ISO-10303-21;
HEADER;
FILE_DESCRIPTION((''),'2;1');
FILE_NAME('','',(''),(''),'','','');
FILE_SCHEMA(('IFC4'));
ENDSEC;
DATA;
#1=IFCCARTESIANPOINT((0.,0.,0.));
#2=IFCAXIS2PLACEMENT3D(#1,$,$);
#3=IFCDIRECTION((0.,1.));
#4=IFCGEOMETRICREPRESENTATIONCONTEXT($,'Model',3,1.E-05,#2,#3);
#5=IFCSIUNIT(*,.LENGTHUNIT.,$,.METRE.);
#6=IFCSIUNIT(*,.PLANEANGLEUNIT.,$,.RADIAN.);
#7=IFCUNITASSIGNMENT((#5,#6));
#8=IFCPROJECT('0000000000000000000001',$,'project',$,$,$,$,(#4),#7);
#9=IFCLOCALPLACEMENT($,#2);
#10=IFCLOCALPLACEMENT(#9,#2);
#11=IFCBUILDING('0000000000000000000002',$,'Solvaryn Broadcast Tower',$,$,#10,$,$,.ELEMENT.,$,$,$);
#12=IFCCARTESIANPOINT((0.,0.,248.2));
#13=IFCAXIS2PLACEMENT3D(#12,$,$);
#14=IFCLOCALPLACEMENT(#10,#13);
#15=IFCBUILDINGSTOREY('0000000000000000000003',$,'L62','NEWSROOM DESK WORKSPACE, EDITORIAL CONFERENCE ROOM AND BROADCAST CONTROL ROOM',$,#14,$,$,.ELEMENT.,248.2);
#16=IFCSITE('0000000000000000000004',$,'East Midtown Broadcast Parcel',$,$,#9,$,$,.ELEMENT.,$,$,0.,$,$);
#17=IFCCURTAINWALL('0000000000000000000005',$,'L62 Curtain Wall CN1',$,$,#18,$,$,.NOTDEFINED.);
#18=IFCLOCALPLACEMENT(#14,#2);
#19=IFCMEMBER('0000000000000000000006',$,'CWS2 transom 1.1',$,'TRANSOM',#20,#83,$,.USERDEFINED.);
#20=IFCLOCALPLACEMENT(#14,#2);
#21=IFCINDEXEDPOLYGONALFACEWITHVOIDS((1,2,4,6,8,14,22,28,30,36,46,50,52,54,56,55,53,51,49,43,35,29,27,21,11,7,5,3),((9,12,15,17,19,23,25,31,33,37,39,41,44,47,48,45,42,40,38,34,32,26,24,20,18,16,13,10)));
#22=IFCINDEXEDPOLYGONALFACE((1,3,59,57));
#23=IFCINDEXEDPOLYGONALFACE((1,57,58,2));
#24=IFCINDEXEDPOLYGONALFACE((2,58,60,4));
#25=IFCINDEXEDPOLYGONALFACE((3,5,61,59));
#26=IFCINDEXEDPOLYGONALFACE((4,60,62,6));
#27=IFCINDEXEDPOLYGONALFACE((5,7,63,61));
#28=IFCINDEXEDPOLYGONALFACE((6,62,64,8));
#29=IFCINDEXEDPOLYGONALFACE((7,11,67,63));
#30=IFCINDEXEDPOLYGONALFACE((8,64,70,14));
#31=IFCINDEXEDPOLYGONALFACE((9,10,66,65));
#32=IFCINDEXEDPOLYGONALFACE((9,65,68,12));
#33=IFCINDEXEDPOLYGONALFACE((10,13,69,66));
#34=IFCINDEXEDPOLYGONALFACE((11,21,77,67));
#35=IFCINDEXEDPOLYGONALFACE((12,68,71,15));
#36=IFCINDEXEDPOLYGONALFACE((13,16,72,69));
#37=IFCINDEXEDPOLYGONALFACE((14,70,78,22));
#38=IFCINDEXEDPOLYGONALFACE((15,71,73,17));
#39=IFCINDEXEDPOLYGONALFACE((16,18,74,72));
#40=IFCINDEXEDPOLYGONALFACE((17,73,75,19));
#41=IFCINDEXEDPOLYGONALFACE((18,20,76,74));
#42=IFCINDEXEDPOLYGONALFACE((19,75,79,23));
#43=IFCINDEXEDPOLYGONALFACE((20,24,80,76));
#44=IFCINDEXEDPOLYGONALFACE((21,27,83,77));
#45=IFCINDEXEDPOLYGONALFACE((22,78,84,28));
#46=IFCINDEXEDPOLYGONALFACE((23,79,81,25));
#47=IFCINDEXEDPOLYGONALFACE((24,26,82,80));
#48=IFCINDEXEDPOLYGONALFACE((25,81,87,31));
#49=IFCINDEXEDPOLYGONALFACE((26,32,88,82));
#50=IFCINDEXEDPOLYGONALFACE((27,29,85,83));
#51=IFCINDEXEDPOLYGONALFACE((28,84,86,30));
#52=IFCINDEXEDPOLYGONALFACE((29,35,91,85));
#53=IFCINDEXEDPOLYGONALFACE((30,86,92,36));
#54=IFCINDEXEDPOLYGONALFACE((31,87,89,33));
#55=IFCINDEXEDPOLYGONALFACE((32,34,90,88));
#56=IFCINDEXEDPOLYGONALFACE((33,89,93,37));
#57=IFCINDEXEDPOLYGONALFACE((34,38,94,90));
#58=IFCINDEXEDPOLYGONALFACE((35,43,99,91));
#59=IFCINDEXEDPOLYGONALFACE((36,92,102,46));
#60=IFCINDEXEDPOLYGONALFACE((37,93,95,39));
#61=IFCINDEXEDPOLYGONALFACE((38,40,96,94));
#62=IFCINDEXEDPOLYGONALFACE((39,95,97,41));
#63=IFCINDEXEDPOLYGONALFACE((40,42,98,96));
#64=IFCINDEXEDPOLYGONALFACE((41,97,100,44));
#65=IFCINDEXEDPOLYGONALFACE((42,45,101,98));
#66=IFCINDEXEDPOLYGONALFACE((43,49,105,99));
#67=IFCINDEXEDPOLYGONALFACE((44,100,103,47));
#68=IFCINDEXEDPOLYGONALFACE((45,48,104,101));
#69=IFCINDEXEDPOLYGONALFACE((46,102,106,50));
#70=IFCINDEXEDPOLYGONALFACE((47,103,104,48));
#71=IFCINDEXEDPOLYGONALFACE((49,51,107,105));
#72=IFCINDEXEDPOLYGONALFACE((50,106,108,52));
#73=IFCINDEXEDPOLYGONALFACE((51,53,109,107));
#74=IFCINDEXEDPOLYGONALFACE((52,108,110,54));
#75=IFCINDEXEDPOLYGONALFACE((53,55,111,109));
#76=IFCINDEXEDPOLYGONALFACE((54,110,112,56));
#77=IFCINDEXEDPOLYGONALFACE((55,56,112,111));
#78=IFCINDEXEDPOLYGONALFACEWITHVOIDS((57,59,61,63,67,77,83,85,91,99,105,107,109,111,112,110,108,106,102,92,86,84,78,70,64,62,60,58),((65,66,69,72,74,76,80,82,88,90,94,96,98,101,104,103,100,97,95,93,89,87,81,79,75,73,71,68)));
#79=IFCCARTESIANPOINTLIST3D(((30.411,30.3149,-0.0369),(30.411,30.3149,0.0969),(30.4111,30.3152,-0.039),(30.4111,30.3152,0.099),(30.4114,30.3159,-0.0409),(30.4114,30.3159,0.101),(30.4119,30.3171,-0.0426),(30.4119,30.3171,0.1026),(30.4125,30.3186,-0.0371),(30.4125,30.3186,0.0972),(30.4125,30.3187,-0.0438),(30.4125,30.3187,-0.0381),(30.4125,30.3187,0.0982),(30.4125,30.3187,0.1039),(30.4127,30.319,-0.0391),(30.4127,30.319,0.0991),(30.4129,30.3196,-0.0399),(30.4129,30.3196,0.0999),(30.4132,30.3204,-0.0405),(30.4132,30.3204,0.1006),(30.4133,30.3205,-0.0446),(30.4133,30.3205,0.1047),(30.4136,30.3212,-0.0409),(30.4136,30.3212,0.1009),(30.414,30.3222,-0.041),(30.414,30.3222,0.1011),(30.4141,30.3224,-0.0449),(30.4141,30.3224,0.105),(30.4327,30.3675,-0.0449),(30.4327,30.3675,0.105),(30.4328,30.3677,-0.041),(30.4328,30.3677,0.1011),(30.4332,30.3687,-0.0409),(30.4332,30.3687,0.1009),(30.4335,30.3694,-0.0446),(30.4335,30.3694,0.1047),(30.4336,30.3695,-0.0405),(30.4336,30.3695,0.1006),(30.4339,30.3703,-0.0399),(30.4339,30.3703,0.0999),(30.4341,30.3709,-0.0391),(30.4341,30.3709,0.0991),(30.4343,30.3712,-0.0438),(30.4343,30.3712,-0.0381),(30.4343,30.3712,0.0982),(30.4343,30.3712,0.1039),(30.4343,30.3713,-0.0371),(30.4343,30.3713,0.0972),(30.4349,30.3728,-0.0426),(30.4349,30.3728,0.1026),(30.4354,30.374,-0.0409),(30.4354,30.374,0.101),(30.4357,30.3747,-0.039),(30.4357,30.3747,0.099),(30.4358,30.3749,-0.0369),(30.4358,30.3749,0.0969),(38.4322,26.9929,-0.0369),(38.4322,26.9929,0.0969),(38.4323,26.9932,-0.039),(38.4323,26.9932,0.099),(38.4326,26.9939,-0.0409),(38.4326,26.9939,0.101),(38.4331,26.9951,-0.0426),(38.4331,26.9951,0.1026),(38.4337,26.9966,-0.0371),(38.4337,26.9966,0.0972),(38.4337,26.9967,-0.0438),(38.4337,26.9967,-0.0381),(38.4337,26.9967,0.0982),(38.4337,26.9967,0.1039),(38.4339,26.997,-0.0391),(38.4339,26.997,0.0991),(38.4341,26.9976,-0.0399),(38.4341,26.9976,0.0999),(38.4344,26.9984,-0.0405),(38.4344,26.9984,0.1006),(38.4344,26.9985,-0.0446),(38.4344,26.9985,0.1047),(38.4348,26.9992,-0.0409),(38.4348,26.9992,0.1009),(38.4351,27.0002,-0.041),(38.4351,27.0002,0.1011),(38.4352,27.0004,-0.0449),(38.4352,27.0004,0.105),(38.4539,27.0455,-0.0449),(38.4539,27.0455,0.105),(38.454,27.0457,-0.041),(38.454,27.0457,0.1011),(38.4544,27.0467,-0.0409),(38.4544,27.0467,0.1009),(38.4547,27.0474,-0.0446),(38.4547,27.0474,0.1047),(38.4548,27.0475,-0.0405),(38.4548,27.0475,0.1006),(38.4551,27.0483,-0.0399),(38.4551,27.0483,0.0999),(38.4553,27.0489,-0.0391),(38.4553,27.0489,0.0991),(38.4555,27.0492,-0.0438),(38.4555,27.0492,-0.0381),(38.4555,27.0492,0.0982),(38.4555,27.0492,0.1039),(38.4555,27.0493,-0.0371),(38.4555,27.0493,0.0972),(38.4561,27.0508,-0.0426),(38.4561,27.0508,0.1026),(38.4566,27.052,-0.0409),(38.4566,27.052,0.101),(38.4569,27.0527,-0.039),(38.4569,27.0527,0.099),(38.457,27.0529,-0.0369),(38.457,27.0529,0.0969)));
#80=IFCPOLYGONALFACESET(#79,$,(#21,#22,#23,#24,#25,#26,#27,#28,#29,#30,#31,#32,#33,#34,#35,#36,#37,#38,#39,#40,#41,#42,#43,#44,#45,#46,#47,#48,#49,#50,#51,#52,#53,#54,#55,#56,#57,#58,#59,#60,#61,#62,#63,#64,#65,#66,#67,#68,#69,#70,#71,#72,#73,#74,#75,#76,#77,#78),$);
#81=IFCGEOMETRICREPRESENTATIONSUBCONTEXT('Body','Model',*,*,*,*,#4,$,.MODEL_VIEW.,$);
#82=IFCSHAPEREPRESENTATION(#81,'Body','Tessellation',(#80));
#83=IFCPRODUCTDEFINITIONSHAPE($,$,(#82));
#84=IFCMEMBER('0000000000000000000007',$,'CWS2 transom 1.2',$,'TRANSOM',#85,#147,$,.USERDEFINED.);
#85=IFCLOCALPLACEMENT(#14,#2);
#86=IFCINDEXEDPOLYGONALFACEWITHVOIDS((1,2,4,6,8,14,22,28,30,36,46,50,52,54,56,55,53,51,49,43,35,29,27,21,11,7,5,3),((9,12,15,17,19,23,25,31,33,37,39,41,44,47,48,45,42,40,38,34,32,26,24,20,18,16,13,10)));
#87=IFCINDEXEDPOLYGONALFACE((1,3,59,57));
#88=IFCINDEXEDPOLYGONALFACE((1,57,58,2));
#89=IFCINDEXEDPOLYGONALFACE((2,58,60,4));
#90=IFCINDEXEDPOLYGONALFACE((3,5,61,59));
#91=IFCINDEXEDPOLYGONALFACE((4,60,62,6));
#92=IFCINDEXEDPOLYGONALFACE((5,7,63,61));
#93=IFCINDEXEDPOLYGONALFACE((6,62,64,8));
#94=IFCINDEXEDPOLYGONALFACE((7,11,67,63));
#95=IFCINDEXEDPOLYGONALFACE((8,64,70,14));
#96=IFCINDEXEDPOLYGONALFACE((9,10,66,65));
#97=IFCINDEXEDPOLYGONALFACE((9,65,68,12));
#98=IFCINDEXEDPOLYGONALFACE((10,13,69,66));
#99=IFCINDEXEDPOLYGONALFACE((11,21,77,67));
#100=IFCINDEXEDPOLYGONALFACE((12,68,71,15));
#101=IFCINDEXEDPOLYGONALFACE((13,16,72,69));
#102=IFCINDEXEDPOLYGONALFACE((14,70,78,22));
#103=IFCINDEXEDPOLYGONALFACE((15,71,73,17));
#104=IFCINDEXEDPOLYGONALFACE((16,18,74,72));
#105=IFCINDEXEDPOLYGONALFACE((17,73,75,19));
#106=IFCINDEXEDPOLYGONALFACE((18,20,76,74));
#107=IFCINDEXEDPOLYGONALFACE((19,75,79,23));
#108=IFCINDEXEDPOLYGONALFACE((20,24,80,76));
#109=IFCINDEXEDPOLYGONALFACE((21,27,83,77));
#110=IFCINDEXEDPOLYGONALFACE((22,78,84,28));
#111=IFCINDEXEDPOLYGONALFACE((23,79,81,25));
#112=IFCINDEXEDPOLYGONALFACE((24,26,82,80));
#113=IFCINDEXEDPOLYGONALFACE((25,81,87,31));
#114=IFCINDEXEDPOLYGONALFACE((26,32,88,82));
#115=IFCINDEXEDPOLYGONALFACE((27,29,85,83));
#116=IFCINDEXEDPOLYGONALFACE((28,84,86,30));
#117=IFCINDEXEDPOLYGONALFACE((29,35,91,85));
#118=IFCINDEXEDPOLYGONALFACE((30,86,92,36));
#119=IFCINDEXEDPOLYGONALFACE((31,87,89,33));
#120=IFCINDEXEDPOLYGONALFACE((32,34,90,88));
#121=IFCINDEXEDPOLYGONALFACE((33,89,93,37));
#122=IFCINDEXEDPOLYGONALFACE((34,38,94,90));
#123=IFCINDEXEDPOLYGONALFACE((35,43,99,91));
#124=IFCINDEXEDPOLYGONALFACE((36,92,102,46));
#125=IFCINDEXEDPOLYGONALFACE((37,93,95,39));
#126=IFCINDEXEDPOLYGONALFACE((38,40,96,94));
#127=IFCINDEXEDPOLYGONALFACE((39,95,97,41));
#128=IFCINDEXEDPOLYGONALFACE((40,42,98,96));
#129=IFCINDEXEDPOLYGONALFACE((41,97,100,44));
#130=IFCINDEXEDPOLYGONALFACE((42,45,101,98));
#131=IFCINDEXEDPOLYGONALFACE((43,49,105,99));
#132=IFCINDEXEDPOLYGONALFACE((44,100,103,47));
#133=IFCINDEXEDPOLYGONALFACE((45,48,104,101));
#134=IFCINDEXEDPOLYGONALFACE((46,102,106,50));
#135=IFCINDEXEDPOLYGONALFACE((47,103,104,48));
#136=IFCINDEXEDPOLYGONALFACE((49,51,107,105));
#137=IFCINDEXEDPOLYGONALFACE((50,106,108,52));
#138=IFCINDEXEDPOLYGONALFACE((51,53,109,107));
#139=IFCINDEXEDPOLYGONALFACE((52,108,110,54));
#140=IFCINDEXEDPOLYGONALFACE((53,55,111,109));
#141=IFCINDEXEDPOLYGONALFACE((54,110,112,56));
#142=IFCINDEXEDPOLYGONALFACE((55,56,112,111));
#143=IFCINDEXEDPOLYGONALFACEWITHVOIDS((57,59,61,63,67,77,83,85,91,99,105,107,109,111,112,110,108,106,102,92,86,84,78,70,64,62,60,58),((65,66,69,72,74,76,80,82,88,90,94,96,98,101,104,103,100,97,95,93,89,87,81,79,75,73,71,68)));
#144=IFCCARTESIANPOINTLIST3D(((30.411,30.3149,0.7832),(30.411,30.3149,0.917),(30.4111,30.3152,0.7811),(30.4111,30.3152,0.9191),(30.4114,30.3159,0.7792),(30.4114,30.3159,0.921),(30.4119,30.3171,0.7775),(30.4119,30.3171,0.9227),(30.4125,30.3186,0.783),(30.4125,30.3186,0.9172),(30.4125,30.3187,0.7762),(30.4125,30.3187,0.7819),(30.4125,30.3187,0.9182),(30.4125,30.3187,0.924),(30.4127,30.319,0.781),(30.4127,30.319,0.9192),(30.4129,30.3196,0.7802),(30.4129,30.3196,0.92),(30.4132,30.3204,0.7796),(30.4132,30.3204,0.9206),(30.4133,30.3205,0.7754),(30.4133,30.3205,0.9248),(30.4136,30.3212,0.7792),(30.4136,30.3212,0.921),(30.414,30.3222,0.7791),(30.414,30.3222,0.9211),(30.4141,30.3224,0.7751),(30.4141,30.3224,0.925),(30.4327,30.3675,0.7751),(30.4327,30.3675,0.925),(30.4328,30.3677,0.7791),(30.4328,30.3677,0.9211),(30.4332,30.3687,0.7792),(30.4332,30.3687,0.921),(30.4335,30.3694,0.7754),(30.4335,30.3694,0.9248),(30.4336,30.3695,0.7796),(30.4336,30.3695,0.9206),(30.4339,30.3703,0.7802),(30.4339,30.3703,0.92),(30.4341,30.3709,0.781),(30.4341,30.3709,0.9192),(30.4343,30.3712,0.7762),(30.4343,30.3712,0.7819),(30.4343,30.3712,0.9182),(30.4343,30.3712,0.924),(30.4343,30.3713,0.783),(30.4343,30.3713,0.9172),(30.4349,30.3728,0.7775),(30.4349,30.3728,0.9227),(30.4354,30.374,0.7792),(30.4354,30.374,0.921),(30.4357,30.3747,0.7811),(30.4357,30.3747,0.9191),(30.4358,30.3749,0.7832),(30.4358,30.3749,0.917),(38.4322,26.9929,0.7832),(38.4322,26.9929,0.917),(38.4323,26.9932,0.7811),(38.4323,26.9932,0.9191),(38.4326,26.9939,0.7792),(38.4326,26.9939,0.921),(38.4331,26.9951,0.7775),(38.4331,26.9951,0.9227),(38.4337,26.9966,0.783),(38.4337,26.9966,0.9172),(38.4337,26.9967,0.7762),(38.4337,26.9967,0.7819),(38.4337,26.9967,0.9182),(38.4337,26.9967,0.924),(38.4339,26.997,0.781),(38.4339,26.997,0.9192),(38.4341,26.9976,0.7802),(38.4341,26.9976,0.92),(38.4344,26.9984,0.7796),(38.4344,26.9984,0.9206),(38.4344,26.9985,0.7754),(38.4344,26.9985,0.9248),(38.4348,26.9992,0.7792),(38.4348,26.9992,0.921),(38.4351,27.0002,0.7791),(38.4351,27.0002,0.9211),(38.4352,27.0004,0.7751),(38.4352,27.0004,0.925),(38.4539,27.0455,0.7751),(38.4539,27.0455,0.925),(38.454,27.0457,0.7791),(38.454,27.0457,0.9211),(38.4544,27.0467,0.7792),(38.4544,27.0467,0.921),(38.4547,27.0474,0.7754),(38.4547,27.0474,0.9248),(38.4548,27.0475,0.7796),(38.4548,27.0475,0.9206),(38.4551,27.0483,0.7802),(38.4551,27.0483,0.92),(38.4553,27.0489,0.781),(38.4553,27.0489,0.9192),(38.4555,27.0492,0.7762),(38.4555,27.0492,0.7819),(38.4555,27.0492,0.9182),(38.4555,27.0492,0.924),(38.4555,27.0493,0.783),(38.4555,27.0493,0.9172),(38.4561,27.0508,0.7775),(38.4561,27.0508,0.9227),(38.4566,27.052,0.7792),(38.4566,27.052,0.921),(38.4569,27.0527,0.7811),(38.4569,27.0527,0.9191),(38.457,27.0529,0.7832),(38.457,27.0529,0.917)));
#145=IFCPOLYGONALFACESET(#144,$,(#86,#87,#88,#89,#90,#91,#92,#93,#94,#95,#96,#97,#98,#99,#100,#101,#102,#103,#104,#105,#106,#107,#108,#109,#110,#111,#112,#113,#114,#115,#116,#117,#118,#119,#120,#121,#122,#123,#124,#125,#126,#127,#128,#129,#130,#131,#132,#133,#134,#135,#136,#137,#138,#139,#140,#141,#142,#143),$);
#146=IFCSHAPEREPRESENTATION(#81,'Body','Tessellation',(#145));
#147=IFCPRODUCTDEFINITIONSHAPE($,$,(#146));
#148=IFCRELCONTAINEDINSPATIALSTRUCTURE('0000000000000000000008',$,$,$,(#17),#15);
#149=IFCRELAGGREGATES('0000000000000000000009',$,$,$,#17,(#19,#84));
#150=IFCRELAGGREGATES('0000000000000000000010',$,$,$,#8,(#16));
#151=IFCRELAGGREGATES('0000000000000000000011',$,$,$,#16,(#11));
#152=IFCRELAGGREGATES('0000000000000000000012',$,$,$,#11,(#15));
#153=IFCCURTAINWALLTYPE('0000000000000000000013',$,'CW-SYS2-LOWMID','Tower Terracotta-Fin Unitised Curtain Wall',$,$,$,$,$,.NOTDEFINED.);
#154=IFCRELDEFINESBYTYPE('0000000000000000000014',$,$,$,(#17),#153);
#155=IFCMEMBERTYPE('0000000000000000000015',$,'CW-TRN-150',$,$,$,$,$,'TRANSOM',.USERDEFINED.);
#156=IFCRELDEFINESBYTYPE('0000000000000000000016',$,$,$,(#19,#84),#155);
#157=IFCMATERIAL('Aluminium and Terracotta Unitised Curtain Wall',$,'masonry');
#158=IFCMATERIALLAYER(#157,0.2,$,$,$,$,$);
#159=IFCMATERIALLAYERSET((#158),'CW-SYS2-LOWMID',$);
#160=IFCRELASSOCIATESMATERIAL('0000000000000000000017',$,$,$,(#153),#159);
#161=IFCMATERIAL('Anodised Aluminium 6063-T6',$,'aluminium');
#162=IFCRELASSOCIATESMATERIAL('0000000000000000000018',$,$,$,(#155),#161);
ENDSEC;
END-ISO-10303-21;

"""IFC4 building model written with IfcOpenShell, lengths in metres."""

from ifc_helpers import new_model, si_unit, direction, frame, origin, origin_2d, place, context, subcontext, project, spatial, hollow_rectangle, extrude, material, layer, layer_set, material_profile, profile_set, type_object, element, aggregate, save


model = new_model("IFC4")

# Units and contexts
model_context = context("Model", 3, precision=1e-05, world=origin(), true_north=direction((0.0, 1.0)))
body_context = subcontext(model_context, "Body", "Model", "MODEL_VIEW")
ifc_project = project(units=[si_unit("LENGTHUNIT", "METRE"), si_unit("PLANEANGLEUNIT", "RADIAN")], contexts=[model_context])

# Site, building, storey
site_placement = place(None, origin())
site = spatial("IfcSite", under=ifc_project, at=site_placement, Name="East Midtown Broadcast Parcel", CompositionType="ELEMENT", RefElevation=0.0)
building_placement = place(site_placement, origin())
building = spatial("IfcBuilding", under=site, at=building_placement, Name="Solvaryn Broadcast Tower", CompositionType="ELEMENT")
storey_placement = place(building_placement, frame((0.0, 0.0, 248.2)))
storey = spatial("IfcBuildingStorey", under=building, at=storey_placement, Name="L62", Description="NEWSROOM DESK WORKSPACE, EDITORIAL CONFERENCE ROOM AND BROADCAST CONTROL ROOM", CompositionType="ELEMENT", Elevation=248.2)

# Curtain wall
ifc_material_1 = material(Name="Aluminium and Terracotta Unitised Curtain Wall", Category="masonry")
ifc_layer_1 = layer(ifc_material_1, 0.2)
ifc_layer_set_1 = layer_set([ifc_layer_1], Name="CW-SYS2-LOWMID")
curtain_wall_type = type_object("IfcCurtainWallType", Name="CW-SYS2-LOWMID", Description="Tower Terracotta-Fin Unitised Curtain Wall", PredefinedType="NOTDEFINED", material=ifc_layer_set_1)
curtain_wall_1_placement = place(storey_placement, origin())
curtain_wall_1 = element("IfcCurtainWall", 1, at=curtain_wall_1_placement, inside=storey, type_object=curtain_wall_type, Name="L62 Curtain Wall CN1", PredefinedType="NOTDEFINED")

# Members
ifc_material_2 = material(Name="Anodised Aluminium 6063-T6", Category="aluminium")
ifc_material_profile_1 = material_profile(ifc_material_2, hollow_rectangle(XDim=0.0649, YDim=0.1499, WallThickness=0.0039, InnerFilletRadius=0.0039, OuterFilletRadius=0.0081, at=origin_2d()))
ifc_profile_set_1 = profile_set([ifc_material_profile_1], Name="Anodised Aluminium 6063-T6")
member_type_1 = type_object("IfcMemberType", Name="CW-TRN-150", ElementType="TRANSOM", PredefinedType="USERDEFINED", material=ifc_profile_set_1)
member_1_placement = place(storey_placement, frame((38.4446, 27.0229, 0.03), z_axis=(-0.923899, 0.382636, 0.0), x_axis=(-0.382636, -0.923899, 0.0)))
member_1 = element("IfcMember", 2, at=member_1_placement, type_object=member_type_1, Name="CWS2 transom 1.1", ObjectType="TRANSOM", PredefinedType="USERDEFINED", context=body_context, shape_type="SweptSolid", body=[
    extrude(hollow_rectangle(XDim=0.0649, YDim=0.1499, WallThickness=0.0039, InnerFilletRadius=0.0039, OuterFilletRadius=0.0081, at=origin_2d()), origin(), (0.0, 0.0, 1.0), 8.6819),
])
member_2_placement = place(storey_placement, frame((38.4446, 27.0229, 0.8501), z_axis=(-0.923899, 0.382636, 0.0), x_axis=(-0.382636, -0.923899, 0.0)))
member_2 = element("IfcMember", 3, at=member_2_placement, type_object=member_type_1, Name="CWS2 transom 1.2", ObjectType="TRANSOM", PredefinedType="USERDEFINED", context=body_context, shape_type="SweptSolid", body=[
    extrude(hollow_rectangle(XDim=0.0649, YDim=0.1499, WallThickness=0.0039, InnerFilletRadius=0.0039, OuterFilletRadius=0.0081, at=origin_2d()), origin(), (0.0, 0.0, 1.0), 8.6819),
])

aggregate(curtain_wall_1, [member_1, member_2])

save(model, "model.ifc")
